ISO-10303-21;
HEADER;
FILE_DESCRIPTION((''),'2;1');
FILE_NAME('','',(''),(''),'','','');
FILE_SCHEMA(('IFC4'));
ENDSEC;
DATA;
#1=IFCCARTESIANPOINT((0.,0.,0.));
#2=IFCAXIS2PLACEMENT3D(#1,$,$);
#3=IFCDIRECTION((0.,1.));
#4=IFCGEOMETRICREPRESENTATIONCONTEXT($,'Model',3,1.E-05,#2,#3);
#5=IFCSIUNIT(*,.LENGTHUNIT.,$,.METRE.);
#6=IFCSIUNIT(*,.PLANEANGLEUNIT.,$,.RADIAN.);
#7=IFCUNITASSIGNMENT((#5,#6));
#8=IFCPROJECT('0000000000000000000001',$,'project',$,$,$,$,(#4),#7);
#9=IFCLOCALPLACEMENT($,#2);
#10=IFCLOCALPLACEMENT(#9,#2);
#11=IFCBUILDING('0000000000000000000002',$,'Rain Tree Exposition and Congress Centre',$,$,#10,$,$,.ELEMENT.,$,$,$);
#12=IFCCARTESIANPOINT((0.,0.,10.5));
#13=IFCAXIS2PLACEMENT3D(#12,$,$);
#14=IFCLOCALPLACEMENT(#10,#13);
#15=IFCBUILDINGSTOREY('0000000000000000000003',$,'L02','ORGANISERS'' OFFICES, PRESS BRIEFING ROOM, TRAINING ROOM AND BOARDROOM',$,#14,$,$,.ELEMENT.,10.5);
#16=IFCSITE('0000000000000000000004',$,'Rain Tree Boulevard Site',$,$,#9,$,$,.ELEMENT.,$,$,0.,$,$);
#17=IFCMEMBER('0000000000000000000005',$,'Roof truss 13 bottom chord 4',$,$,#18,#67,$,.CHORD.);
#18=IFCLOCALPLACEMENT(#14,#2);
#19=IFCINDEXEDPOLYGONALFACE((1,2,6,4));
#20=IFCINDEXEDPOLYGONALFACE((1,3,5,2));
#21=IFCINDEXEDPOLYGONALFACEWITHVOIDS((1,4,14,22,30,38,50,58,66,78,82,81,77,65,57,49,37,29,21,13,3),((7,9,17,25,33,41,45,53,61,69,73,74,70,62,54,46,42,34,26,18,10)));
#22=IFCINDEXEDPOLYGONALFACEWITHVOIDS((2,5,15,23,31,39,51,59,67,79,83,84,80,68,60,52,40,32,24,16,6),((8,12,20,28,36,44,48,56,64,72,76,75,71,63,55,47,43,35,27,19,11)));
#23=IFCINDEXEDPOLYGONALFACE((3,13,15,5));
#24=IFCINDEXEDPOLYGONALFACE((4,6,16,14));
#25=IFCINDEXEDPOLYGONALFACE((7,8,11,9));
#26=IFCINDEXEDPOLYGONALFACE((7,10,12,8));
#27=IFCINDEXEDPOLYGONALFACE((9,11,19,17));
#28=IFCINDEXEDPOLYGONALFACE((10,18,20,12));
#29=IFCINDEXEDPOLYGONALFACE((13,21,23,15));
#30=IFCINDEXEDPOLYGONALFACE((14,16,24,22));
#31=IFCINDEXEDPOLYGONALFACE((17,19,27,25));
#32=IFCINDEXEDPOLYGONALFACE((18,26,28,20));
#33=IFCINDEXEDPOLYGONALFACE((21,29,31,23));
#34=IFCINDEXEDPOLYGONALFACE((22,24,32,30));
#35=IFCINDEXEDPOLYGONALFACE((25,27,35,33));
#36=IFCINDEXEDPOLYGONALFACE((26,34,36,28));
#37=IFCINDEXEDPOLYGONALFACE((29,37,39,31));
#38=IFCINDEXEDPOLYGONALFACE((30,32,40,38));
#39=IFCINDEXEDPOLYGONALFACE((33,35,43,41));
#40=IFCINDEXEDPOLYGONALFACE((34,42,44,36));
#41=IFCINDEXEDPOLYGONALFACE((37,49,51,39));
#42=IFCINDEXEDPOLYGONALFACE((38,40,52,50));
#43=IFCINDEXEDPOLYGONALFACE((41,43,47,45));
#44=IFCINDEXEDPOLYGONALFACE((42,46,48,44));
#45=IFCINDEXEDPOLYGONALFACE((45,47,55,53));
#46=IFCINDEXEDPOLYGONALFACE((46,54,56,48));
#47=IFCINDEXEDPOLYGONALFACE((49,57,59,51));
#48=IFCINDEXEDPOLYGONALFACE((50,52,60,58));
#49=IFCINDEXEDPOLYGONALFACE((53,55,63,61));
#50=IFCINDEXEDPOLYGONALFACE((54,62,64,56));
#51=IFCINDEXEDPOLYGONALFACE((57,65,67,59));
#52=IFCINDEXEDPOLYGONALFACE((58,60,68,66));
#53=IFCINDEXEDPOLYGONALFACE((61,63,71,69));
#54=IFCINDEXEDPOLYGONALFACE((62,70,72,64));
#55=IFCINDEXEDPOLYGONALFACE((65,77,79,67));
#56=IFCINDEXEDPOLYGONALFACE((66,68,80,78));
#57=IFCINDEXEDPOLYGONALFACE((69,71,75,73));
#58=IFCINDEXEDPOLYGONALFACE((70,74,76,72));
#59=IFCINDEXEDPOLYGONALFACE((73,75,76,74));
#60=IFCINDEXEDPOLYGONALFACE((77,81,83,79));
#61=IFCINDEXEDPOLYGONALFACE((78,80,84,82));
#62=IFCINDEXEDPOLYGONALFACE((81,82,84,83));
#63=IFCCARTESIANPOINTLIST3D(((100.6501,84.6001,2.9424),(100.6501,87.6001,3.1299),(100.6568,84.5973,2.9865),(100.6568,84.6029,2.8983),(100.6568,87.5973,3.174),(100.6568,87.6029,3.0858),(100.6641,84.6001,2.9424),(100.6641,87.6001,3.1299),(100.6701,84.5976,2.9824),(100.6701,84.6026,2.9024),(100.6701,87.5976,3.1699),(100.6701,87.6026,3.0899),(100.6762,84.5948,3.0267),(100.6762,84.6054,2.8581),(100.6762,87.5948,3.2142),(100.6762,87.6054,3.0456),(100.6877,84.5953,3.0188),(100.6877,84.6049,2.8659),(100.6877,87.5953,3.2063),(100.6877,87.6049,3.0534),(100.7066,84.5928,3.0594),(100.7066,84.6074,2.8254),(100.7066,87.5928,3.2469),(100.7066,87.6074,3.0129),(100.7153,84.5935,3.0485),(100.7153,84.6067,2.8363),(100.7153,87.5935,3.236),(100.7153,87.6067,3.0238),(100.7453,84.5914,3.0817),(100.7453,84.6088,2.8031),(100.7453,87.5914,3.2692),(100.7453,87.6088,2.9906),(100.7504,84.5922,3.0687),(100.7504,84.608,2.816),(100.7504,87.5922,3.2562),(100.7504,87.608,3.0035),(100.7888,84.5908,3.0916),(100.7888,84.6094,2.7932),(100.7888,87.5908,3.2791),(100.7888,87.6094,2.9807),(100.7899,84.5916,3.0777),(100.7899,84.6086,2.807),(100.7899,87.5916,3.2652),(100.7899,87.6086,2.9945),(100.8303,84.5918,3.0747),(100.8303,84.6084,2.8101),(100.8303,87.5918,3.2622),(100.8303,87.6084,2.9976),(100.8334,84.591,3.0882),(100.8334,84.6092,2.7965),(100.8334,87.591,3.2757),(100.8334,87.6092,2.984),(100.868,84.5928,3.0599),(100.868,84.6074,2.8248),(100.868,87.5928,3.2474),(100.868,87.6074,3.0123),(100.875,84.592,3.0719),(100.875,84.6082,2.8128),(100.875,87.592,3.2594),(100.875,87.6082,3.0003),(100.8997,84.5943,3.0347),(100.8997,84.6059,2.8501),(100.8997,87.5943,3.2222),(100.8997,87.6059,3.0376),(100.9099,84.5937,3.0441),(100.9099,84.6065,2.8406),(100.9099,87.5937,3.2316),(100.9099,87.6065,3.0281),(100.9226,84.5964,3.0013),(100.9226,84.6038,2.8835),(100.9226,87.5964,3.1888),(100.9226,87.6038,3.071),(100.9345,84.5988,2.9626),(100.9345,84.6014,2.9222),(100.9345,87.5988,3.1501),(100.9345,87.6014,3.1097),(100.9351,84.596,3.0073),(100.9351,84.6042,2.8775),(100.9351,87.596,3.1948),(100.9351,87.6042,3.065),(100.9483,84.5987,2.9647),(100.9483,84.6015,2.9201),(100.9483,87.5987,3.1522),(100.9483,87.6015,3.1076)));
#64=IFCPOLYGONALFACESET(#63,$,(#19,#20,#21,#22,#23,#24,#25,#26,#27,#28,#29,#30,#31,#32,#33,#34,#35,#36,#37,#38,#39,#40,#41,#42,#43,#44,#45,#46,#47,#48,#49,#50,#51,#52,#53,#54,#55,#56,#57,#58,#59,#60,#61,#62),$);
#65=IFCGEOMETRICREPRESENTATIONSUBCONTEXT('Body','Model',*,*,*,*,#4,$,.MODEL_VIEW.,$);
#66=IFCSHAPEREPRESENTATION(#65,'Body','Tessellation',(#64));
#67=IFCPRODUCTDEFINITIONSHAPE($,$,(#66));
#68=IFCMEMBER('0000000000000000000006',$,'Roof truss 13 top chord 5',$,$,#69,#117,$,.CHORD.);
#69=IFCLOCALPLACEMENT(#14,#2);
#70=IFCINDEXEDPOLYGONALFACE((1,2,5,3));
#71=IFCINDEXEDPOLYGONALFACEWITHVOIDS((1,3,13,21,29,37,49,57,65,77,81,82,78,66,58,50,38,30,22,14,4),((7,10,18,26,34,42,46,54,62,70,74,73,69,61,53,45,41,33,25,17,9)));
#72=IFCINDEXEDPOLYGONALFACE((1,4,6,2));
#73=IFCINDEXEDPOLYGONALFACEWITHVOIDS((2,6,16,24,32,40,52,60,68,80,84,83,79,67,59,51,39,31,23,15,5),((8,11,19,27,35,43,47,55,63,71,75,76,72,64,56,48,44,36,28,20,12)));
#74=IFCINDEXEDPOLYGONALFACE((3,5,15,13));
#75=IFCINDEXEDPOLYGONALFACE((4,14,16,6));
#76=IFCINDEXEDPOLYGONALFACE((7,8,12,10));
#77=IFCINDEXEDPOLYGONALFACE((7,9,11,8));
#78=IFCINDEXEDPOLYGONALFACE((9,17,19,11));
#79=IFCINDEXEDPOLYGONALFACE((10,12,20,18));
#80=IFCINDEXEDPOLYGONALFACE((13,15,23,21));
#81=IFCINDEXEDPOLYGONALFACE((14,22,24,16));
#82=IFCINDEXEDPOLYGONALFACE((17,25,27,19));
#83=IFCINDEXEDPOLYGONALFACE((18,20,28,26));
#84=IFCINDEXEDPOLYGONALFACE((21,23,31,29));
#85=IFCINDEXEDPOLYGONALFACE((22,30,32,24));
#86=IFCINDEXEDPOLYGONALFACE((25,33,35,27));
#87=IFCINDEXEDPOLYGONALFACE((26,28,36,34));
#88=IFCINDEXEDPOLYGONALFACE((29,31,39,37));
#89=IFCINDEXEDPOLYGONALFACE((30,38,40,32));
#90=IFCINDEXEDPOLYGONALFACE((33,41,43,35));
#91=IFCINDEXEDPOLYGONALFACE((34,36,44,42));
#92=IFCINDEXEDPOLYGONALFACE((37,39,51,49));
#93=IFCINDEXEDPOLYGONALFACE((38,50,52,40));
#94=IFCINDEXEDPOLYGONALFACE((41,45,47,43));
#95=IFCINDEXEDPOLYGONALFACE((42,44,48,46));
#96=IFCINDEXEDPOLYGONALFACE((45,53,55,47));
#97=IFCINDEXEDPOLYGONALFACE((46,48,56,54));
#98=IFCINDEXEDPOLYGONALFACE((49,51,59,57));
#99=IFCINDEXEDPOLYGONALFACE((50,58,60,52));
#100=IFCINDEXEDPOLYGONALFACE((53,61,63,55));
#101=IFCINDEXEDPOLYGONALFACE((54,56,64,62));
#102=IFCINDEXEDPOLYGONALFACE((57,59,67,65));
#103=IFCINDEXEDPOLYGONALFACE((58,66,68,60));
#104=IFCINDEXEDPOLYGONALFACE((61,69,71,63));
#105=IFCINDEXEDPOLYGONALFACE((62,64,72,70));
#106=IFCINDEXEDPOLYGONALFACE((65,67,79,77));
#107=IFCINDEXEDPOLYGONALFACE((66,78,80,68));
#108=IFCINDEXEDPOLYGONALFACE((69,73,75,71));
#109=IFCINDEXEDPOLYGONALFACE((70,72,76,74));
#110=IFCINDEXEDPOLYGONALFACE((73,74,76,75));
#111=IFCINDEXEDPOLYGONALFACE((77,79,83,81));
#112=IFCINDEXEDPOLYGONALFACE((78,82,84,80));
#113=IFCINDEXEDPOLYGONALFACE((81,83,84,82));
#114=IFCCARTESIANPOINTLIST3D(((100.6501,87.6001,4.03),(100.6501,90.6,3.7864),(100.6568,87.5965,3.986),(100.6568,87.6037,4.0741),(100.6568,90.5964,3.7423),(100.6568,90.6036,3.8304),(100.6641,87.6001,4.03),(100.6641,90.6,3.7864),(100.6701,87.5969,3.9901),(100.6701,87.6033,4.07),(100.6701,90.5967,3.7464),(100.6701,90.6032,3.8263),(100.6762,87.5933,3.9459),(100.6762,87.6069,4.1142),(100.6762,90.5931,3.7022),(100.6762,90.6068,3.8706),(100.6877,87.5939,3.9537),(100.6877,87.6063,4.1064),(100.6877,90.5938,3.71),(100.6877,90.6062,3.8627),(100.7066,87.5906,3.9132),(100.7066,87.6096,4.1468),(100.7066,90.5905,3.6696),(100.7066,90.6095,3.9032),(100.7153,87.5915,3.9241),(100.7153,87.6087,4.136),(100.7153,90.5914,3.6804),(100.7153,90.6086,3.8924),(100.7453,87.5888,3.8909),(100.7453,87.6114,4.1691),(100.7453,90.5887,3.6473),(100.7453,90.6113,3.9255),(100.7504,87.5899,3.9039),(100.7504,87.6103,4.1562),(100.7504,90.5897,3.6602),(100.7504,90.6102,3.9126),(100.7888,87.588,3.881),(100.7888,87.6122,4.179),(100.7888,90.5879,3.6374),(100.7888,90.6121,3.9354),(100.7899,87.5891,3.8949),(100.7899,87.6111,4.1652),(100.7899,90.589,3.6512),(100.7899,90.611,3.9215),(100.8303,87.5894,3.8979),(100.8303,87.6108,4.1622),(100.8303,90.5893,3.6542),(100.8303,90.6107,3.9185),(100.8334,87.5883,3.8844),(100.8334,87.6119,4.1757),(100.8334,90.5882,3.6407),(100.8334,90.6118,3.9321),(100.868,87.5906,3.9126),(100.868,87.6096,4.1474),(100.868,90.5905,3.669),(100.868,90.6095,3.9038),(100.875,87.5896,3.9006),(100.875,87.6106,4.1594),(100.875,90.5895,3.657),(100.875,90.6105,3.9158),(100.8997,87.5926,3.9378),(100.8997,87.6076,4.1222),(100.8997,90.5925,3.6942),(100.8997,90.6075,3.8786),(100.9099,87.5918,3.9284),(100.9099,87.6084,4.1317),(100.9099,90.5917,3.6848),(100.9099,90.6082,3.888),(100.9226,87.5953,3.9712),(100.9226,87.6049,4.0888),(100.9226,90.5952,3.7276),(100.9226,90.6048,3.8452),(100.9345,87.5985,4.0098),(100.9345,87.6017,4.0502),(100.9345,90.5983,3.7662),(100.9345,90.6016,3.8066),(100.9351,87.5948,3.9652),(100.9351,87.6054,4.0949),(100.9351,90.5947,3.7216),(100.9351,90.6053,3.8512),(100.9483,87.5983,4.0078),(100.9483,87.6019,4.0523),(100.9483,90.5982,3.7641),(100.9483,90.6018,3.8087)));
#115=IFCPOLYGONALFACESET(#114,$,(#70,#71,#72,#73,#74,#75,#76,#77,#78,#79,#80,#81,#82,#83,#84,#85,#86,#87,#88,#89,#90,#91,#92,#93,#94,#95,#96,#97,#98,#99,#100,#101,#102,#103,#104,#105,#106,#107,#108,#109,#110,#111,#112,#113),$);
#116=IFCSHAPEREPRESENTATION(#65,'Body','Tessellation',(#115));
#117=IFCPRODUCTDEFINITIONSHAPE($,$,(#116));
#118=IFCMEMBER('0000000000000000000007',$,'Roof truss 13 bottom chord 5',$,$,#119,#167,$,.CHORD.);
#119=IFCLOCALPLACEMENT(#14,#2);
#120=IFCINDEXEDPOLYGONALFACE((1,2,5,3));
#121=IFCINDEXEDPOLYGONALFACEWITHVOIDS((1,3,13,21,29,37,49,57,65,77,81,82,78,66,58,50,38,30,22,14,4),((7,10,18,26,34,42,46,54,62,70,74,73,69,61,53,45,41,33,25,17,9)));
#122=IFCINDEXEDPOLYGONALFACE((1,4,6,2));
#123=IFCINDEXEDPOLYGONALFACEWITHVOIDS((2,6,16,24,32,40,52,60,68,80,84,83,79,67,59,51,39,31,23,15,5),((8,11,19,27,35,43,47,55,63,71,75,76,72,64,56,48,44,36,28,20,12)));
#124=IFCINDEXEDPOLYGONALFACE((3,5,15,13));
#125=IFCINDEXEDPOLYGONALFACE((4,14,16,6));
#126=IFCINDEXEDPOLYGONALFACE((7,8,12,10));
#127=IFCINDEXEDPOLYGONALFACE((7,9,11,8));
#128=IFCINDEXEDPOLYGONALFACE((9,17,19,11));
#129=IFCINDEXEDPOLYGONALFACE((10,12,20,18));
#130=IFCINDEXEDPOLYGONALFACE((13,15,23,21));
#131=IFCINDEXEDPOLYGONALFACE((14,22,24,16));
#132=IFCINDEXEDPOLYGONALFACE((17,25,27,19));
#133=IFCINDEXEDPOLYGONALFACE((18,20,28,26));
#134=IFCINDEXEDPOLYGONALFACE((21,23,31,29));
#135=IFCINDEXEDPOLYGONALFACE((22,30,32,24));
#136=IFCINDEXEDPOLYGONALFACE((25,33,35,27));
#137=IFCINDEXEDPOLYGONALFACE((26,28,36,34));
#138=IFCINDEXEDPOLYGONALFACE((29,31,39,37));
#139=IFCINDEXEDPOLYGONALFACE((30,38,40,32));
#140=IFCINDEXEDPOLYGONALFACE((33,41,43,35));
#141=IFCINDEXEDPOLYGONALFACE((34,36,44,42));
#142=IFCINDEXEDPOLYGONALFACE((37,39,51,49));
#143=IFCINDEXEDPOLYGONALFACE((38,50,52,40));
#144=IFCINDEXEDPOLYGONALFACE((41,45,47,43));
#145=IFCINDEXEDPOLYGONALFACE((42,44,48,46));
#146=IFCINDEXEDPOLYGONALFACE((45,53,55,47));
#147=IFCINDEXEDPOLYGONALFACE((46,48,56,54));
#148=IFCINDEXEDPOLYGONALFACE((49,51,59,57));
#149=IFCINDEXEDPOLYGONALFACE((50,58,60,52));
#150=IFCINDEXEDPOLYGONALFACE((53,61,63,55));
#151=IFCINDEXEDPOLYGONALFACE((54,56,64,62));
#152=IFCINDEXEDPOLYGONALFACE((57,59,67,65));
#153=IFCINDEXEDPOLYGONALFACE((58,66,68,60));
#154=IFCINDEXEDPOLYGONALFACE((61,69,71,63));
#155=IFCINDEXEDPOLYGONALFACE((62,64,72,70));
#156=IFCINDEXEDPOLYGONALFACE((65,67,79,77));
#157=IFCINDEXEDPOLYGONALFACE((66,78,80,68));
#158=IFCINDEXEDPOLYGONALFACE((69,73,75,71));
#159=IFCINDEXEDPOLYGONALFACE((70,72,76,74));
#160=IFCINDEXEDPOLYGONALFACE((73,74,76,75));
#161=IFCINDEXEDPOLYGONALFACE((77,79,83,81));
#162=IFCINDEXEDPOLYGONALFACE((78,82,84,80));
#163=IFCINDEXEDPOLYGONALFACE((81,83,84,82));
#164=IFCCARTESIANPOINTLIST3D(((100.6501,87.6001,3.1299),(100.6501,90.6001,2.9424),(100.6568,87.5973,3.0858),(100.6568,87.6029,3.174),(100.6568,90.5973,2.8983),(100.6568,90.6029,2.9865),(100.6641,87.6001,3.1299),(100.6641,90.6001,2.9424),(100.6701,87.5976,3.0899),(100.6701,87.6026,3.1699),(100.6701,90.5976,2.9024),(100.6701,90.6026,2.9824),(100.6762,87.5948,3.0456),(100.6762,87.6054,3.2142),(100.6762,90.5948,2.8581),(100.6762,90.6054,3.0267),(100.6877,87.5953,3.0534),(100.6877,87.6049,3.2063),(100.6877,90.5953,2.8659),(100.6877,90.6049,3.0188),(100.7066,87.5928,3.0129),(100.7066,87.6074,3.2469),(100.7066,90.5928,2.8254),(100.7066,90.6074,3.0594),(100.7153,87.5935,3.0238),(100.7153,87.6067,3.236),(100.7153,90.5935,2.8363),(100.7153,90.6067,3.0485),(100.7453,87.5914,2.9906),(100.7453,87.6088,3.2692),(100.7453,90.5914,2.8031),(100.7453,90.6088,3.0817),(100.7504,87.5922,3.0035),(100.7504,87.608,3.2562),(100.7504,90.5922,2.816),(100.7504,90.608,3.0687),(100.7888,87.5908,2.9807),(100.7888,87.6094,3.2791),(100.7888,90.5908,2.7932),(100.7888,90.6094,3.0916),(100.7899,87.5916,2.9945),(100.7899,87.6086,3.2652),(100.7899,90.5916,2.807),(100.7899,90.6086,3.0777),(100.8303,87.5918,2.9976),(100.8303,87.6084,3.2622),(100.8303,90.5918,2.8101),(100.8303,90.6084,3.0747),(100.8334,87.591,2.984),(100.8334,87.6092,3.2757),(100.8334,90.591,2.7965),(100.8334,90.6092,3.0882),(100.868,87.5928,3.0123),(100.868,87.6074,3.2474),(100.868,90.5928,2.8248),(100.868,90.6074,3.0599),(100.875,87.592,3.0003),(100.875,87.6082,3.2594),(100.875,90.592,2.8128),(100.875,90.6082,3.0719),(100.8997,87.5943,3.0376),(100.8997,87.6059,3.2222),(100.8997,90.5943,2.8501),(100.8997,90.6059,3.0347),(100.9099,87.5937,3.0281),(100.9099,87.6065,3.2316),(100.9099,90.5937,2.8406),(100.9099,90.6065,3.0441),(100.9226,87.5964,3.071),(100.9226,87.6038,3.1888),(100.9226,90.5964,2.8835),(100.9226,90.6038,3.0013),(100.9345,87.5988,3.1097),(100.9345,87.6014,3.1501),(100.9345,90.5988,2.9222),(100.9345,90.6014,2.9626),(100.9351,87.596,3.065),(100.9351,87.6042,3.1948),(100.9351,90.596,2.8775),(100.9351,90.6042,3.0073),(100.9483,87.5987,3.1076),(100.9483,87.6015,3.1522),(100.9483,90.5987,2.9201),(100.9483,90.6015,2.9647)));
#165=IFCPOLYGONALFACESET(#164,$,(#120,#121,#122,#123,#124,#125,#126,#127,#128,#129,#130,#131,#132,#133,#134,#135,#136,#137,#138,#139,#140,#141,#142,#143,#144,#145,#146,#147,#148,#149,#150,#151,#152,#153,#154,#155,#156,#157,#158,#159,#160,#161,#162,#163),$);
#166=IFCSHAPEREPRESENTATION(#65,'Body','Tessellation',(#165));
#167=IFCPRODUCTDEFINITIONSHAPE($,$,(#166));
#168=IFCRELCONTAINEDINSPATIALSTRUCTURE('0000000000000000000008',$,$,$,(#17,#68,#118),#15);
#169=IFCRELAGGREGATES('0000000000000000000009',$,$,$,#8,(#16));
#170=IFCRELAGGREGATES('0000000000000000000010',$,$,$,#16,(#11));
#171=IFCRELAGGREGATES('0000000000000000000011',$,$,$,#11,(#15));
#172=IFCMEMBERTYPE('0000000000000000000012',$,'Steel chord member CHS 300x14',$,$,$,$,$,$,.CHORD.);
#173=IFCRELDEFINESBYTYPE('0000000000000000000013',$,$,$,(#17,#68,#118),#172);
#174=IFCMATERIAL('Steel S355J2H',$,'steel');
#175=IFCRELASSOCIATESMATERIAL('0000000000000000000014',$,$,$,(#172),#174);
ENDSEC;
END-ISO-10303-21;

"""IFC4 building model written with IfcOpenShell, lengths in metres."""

from ifc_helpers import new_model, si_unit, direction, frame, origin, origin_2d, place, context, subcontext, project, spatial, hollow_circle, extrude, material, material_profile, profile_set, type_object, element, save


model = new_model("IFC4")

# Units and contexts
model_context = context("Model", 3, precision=1e-05, world=origin(), true_north=direction((0.0, 1.0)))
body_context = subcontext(model_context, "Body", "Model", "MODEL_VIEW")
ifc_project = project(units=[si_unit("LENGTHUNIT", "METRE"), si_unit("PLANEANGLEUNIT", "RADIAN")], contexts=[model_context])

# Site, building, storey
site_placement = place(None, origin())
site = spatial("IfcSite", under=ifc_project, at=site_placement, Name="Rain Tree Boulevard Site", CompositionType="ELEMENT", RefElevation=0.0)
building_placement = place(site_placement, origin())
building = spatial("IfcBuilding", under=site, at=building_placement, Name="Rain Tree Exposition and Congress Centre", CompositionType="ELEMENT")
storey_placement = place(building_placement, frame((0.0, 0.0, 10.5)))
storey = spatial("IfcBuildingStorey", under=building, at=storey_placement, Name="L02", Description="ORGANISERS' OFFICES, PRESS BRIEFING ROOM, TRAINING ROOM AND BOARDROOM", CompositionType="ELEMENT", Elevation=10.5)

# Members
ifc_material_1 = material(Name="Steel S355J2H", Category="steel")
ifc_material_profile_1 = material_profile(ifc_material_1, hollow_circle(Radius=0.1499, WallThickness=0.0139, at=origin_2d()), Name="CHS 300x14")
ifc_profile_set_1 = profile_set([ifc_material_profile_1], Name="Steel S355J2H")
member_type_1 = type_object("IfcMemberType", Name="Steel chord member CHS 300x14", PredefinedType="CHORD", material=ifc_profile_set_1)
member_1_placement = place(storey_placement, frame((100.8, 84.6001, 2.9424), z_axis=(0.0, 0.998053, 0.062378), x_axis=(-1.0, 0.0, 0.0)))
element("IfcMember", 1, at=member_1_placement, inside=storey, type_object=member_type_1, Name="Roof truss 13 bottom chord 4", PredefinedType="CHORD", context=body_context, shape_type="SweptSolid", body=[
    extrude(hollow_circle(Radius=0.1499, WallThickness=0.0139, at=origin_2d()), origin(), (0.0, 0.0, 1.0), 3.0059),
])
member_2_placement = place(storey_placement, frame((100.8, 87.6001, 4.03), z_axis=(0.0, 0.996718, -0.080951), x_axis=(-1.0, 0.0, 0.0)))
element("IfcMember", 2, at=member_2_placement, inside=storey, type_object=member_type_1, Name="Roof truss 13 top chord 5", PredefinedType="CHORD", context=body_context, shape_type="SweptSolid", body=[
    extrude(hollow_circle(Radius=0.1499, WallThickness=0.0139, at=origin_2d()), origin(), (0.0, 0.0, 1.0), 3.0098),
])
member_3_placement = place(storey_placement, frame((100.8, 87.6001, 3.1299), z_axis=(0.0, 0.998053, -0.062378), x_axis=(-1.0, 0.0, 0.0)))
element("IfcMember", 3, at=member_3_placement, inside=storey, type_object=member_type_1, Name="Roof truss 13 bottom chord 5", PredefinedType="CHORD", context=body_context, shape_type="SweptSolid", body=[
    extrude(hollow_circle(Radius=0.1499, WallThickness=0.0139, at=origin_2d()), origin(), (0.0, 0.0, 1.0), 3.0059),
])

save(model, "model.ifc")
